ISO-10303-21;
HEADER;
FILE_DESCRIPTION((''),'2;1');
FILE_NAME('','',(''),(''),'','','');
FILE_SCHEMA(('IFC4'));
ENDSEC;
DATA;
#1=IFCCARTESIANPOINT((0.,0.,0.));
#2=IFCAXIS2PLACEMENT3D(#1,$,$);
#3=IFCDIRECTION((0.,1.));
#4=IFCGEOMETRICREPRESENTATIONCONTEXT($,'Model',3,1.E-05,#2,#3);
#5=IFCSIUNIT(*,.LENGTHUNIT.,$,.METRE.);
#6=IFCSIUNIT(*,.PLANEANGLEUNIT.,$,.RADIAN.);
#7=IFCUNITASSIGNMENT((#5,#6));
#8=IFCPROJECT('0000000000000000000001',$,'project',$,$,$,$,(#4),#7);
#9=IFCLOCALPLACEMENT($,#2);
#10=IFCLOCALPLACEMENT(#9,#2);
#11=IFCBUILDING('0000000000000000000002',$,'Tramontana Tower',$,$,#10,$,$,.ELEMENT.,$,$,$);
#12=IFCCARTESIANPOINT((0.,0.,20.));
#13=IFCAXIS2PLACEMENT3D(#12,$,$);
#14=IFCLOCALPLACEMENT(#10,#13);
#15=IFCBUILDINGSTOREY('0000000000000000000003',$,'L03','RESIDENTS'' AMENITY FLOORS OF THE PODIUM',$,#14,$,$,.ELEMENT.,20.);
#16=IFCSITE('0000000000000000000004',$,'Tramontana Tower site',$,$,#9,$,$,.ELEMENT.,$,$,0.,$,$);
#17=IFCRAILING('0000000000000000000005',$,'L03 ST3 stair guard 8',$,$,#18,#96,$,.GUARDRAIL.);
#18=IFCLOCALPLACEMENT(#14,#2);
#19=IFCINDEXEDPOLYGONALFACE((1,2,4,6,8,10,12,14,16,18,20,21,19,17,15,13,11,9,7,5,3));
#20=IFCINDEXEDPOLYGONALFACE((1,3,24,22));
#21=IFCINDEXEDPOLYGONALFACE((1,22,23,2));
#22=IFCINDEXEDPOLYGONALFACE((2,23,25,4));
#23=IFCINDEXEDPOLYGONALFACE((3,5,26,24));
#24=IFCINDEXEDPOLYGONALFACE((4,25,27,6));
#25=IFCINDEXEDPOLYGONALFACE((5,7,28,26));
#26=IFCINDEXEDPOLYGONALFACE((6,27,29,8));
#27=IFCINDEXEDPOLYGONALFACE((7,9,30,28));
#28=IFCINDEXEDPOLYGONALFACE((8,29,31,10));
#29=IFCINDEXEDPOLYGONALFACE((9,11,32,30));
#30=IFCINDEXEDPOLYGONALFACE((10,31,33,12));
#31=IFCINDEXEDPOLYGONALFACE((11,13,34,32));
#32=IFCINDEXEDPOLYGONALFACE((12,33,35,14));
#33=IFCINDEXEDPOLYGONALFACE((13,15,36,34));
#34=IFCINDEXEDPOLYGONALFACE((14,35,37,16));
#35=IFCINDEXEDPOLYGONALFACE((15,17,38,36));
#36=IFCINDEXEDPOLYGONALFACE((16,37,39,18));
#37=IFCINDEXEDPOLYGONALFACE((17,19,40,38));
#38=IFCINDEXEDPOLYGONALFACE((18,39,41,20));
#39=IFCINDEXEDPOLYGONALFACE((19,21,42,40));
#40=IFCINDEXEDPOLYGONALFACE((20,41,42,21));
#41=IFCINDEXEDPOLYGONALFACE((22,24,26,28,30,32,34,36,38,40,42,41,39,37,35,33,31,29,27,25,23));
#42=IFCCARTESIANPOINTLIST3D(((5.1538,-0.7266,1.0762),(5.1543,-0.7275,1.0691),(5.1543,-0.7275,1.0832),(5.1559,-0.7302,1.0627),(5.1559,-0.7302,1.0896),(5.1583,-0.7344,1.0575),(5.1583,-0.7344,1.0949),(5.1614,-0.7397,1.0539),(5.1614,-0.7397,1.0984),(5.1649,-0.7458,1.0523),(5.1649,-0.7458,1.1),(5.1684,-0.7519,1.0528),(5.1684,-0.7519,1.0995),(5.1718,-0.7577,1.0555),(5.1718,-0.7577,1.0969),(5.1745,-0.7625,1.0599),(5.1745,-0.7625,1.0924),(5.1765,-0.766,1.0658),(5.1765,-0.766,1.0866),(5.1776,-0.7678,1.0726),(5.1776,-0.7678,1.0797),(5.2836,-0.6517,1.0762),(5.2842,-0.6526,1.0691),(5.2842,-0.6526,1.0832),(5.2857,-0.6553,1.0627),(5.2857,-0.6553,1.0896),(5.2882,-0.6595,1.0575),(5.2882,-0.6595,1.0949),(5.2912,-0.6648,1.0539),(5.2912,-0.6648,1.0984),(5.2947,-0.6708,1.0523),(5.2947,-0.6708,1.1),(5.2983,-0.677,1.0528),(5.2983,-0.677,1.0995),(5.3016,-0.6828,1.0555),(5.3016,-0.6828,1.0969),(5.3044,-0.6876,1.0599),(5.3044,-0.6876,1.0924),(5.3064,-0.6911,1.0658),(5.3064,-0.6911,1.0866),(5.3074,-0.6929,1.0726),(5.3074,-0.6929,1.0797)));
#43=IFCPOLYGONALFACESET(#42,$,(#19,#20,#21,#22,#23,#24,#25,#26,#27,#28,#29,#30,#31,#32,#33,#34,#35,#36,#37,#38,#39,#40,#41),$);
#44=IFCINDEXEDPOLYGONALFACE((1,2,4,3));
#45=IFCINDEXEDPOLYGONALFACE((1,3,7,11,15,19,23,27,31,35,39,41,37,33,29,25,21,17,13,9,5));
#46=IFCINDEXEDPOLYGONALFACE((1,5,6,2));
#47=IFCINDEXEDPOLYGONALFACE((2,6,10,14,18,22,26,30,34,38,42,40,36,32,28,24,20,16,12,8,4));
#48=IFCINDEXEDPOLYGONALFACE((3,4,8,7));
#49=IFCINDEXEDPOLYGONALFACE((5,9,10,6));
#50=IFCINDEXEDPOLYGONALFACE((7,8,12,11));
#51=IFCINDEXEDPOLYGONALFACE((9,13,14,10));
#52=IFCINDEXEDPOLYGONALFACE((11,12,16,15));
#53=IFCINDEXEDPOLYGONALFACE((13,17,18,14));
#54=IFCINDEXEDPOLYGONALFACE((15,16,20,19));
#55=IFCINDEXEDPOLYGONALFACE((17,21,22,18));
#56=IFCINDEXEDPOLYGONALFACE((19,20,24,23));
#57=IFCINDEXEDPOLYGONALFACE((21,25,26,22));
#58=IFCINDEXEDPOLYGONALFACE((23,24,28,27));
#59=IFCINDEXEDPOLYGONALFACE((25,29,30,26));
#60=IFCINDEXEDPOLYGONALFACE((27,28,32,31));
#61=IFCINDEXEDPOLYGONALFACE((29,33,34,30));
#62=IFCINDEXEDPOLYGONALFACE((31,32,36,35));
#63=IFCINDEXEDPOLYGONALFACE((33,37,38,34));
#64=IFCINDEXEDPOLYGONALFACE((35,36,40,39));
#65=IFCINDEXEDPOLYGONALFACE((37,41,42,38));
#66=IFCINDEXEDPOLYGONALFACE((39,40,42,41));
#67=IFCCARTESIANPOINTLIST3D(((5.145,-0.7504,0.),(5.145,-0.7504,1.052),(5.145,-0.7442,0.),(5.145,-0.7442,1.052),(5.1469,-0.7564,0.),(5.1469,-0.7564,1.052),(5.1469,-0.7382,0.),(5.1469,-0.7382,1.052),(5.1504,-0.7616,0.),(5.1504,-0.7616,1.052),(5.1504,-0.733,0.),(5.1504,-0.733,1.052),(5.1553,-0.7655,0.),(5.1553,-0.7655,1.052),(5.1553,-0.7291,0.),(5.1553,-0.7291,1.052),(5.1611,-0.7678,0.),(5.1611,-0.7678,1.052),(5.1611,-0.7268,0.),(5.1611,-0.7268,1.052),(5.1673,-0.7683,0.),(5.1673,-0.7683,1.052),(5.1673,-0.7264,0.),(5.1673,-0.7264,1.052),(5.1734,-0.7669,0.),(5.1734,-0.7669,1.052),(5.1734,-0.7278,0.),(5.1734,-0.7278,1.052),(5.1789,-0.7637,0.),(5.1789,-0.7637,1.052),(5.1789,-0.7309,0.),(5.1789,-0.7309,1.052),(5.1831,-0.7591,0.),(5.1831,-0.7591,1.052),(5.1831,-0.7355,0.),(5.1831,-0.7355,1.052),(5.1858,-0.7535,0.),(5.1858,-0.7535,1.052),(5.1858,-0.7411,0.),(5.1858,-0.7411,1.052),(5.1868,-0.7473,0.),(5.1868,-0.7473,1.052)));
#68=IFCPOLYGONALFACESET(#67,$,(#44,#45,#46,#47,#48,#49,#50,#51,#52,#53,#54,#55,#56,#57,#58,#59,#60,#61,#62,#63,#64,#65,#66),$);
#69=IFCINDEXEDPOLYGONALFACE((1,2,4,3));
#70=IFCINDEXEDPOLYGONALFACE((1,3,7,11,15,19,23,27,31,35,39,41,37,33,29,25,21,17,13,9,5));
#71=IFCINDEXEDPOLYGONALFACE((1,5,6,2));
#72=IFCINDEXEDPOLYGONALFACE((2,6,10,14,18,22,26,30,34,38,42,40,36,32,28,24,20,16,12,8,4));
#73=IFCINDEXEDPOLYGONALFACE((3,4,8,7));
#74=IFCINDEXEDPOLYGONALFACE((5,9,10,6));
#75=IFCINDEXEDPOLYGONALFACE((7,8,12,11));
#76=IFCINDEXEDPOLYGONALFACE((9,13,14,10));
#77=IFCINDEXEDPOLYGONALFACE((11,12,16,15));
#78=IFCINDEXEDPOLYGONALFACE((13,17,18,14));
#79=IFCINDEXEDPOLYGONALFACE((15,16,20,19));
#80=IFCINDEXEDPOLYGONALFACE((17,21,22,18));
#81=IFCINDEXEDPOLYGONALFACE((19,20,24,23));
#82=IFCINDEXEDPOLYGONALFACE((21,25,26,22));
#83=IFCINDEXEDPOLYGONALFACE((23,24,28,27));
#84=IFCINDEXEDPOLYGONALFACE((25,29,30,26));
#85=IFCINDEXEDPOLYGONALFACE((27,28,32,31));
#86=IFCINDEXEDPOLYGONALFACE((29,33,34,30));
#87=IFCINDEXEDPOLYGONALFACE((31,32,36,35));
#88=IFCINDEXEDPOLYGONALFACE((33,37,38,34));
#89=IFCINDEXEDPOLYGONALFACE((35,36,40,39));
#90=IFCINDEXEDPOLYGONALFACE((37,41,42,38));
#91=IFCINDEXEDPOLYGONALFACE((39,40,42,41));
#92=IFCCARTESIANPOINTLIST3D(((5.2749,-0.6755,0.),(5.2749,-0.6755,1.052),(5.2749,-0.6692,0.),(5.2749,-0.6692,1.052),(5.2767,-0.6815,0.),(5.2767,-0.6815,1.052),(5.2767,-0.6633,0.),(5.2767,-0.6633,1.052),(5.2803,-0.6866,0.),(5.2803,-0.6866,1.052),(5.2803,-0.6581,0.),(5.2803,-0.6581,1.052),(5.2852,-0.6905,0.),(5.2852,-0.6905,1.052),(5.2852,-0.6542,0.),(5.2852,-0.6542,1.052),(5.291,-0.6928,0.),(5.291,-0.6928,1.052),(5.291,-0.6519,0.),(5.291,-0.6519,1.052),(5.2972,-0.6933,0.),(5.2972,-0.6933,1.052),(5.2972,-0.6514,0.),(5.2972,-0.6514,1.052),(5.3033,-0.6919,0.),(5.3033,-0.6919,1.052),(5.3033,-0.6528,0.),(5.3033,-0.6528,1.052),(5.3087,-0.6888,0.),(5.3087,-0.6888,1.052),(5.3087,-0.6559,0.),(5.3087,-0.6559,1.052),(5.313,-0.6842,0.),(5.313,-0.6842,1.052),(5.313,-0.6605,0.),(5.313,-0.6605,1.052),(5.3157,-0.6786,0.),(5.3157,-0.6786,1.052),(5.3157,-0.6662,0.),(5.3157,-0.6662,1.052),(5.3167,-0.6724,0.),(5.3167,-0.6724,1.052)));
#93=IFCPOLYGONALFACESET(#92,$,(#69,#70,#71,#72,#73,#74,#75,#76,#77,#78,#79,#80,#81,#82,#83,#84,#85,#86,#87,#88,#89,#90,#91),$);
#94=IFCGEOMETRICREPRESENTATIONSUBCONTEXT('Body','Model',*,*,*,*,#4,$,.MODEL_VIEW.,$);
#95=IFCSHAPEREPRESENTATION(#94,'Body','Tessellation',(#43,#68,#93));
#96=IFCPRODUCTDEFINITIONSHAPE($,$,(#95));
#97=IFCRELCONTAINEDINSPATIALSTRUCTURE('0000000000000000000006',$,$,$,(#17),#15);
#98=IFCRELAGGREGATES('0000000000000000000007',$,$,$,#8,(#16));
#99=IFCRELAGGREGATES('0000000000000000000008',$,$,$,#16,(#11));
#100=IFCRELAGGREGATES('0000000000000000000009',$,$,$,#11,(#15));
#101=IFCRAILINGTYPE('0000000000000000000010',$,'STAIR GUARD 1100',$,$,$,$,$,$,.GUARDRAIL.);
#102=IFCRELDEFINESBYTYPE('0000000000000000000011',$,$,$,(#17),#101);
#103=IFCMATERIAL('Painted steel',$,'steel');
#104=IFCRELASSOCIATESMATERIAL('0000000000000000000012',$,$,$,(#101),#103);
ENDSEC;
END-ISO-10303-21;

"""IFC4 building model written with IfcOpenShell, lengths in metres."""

from ifc_helpers import new_model, si_unit, direction, frame, origin, origin_2d, place, context, subcontext, project, spatial, circle, extrude, material, type_object, element, save


model = new_model("IFC4")

# Units and contexts
model_context = context("Model", 3, precision=1e-05, world=origin(), true_north=direction((0.0, 1.0)))
body_context = subcontext(model_context, "Body", "Model", "MODEL_VIEW")
ifc_project = project(units=[si_unit("LENGTHUNIT", "METRE"), si_unit("PLANEANGLEUNIT", "RADIAN")], contexts=[model_context])

# Site, building, storey
site_placement = place(None, origin())
site = spatial("IfcSite", under=ifc_project, at=site_placement, Name="Tramontana Tower site", CompositionType="ELEMENT", RefElevation=0.0)
building_placement = place(site_placement, origin())
building = spatial("IfcBuilding", under=site, at=building_placement, Name="Tramontana Tower", CompositionType="ELEMENT")
storey_placement = place(building_placement, frame((0.0, 0.0, 20.0)))
storey = spatial("IfcBuildingStorey", under=building, at=storey_placement, Name="L03", Description="RESIDENTS' AMENITY FLOORS OF THE PODIUM", CompositionType="ELEMENT", Elevation=20.0)

# Railing
ifc_material_1 = material(Name="Painted steel", Category="steel")
railing_type = type_object("IfcRailingType", Name="STAIR GUARD 1100", PredefinedType="GUARDRAIL", material=ifc_material_1)
for number, where, name in (
    (1, (5.1658, -0.7473, 0.0), "L03 ST3 stair guard 8"),
):
    element("IfcRailing", number, at=place(storey_placement, frame(where)), inside=storey, type_object=railing_type, Name=name, PredefinedType="GUARDRAIL", context=body_context, shape_type="SweptSolid", body=[
        extrude(circle(Radius=0.0239, at=origin_2d()), frame((0.0, 0.0, 1.0762), z_axis=(0.866131, 0.499816, 0.0), x_axis=(-0.499816, 0.866131, 0.0)), (0.0, 0.0, 1.0), 0.1499),
        extrude(circle(Radius=0.021, at=origin_2d()), origin(), (0.0, 0.0, 1.0), 1.052),
        extrude(circle(Radius=0.021, at=origin_2d()), frame((0.1299, 0.075, 0.0)), (0.0, 0.0, 1.0), 1.052),
    ])

save(model, "model.ifc")
